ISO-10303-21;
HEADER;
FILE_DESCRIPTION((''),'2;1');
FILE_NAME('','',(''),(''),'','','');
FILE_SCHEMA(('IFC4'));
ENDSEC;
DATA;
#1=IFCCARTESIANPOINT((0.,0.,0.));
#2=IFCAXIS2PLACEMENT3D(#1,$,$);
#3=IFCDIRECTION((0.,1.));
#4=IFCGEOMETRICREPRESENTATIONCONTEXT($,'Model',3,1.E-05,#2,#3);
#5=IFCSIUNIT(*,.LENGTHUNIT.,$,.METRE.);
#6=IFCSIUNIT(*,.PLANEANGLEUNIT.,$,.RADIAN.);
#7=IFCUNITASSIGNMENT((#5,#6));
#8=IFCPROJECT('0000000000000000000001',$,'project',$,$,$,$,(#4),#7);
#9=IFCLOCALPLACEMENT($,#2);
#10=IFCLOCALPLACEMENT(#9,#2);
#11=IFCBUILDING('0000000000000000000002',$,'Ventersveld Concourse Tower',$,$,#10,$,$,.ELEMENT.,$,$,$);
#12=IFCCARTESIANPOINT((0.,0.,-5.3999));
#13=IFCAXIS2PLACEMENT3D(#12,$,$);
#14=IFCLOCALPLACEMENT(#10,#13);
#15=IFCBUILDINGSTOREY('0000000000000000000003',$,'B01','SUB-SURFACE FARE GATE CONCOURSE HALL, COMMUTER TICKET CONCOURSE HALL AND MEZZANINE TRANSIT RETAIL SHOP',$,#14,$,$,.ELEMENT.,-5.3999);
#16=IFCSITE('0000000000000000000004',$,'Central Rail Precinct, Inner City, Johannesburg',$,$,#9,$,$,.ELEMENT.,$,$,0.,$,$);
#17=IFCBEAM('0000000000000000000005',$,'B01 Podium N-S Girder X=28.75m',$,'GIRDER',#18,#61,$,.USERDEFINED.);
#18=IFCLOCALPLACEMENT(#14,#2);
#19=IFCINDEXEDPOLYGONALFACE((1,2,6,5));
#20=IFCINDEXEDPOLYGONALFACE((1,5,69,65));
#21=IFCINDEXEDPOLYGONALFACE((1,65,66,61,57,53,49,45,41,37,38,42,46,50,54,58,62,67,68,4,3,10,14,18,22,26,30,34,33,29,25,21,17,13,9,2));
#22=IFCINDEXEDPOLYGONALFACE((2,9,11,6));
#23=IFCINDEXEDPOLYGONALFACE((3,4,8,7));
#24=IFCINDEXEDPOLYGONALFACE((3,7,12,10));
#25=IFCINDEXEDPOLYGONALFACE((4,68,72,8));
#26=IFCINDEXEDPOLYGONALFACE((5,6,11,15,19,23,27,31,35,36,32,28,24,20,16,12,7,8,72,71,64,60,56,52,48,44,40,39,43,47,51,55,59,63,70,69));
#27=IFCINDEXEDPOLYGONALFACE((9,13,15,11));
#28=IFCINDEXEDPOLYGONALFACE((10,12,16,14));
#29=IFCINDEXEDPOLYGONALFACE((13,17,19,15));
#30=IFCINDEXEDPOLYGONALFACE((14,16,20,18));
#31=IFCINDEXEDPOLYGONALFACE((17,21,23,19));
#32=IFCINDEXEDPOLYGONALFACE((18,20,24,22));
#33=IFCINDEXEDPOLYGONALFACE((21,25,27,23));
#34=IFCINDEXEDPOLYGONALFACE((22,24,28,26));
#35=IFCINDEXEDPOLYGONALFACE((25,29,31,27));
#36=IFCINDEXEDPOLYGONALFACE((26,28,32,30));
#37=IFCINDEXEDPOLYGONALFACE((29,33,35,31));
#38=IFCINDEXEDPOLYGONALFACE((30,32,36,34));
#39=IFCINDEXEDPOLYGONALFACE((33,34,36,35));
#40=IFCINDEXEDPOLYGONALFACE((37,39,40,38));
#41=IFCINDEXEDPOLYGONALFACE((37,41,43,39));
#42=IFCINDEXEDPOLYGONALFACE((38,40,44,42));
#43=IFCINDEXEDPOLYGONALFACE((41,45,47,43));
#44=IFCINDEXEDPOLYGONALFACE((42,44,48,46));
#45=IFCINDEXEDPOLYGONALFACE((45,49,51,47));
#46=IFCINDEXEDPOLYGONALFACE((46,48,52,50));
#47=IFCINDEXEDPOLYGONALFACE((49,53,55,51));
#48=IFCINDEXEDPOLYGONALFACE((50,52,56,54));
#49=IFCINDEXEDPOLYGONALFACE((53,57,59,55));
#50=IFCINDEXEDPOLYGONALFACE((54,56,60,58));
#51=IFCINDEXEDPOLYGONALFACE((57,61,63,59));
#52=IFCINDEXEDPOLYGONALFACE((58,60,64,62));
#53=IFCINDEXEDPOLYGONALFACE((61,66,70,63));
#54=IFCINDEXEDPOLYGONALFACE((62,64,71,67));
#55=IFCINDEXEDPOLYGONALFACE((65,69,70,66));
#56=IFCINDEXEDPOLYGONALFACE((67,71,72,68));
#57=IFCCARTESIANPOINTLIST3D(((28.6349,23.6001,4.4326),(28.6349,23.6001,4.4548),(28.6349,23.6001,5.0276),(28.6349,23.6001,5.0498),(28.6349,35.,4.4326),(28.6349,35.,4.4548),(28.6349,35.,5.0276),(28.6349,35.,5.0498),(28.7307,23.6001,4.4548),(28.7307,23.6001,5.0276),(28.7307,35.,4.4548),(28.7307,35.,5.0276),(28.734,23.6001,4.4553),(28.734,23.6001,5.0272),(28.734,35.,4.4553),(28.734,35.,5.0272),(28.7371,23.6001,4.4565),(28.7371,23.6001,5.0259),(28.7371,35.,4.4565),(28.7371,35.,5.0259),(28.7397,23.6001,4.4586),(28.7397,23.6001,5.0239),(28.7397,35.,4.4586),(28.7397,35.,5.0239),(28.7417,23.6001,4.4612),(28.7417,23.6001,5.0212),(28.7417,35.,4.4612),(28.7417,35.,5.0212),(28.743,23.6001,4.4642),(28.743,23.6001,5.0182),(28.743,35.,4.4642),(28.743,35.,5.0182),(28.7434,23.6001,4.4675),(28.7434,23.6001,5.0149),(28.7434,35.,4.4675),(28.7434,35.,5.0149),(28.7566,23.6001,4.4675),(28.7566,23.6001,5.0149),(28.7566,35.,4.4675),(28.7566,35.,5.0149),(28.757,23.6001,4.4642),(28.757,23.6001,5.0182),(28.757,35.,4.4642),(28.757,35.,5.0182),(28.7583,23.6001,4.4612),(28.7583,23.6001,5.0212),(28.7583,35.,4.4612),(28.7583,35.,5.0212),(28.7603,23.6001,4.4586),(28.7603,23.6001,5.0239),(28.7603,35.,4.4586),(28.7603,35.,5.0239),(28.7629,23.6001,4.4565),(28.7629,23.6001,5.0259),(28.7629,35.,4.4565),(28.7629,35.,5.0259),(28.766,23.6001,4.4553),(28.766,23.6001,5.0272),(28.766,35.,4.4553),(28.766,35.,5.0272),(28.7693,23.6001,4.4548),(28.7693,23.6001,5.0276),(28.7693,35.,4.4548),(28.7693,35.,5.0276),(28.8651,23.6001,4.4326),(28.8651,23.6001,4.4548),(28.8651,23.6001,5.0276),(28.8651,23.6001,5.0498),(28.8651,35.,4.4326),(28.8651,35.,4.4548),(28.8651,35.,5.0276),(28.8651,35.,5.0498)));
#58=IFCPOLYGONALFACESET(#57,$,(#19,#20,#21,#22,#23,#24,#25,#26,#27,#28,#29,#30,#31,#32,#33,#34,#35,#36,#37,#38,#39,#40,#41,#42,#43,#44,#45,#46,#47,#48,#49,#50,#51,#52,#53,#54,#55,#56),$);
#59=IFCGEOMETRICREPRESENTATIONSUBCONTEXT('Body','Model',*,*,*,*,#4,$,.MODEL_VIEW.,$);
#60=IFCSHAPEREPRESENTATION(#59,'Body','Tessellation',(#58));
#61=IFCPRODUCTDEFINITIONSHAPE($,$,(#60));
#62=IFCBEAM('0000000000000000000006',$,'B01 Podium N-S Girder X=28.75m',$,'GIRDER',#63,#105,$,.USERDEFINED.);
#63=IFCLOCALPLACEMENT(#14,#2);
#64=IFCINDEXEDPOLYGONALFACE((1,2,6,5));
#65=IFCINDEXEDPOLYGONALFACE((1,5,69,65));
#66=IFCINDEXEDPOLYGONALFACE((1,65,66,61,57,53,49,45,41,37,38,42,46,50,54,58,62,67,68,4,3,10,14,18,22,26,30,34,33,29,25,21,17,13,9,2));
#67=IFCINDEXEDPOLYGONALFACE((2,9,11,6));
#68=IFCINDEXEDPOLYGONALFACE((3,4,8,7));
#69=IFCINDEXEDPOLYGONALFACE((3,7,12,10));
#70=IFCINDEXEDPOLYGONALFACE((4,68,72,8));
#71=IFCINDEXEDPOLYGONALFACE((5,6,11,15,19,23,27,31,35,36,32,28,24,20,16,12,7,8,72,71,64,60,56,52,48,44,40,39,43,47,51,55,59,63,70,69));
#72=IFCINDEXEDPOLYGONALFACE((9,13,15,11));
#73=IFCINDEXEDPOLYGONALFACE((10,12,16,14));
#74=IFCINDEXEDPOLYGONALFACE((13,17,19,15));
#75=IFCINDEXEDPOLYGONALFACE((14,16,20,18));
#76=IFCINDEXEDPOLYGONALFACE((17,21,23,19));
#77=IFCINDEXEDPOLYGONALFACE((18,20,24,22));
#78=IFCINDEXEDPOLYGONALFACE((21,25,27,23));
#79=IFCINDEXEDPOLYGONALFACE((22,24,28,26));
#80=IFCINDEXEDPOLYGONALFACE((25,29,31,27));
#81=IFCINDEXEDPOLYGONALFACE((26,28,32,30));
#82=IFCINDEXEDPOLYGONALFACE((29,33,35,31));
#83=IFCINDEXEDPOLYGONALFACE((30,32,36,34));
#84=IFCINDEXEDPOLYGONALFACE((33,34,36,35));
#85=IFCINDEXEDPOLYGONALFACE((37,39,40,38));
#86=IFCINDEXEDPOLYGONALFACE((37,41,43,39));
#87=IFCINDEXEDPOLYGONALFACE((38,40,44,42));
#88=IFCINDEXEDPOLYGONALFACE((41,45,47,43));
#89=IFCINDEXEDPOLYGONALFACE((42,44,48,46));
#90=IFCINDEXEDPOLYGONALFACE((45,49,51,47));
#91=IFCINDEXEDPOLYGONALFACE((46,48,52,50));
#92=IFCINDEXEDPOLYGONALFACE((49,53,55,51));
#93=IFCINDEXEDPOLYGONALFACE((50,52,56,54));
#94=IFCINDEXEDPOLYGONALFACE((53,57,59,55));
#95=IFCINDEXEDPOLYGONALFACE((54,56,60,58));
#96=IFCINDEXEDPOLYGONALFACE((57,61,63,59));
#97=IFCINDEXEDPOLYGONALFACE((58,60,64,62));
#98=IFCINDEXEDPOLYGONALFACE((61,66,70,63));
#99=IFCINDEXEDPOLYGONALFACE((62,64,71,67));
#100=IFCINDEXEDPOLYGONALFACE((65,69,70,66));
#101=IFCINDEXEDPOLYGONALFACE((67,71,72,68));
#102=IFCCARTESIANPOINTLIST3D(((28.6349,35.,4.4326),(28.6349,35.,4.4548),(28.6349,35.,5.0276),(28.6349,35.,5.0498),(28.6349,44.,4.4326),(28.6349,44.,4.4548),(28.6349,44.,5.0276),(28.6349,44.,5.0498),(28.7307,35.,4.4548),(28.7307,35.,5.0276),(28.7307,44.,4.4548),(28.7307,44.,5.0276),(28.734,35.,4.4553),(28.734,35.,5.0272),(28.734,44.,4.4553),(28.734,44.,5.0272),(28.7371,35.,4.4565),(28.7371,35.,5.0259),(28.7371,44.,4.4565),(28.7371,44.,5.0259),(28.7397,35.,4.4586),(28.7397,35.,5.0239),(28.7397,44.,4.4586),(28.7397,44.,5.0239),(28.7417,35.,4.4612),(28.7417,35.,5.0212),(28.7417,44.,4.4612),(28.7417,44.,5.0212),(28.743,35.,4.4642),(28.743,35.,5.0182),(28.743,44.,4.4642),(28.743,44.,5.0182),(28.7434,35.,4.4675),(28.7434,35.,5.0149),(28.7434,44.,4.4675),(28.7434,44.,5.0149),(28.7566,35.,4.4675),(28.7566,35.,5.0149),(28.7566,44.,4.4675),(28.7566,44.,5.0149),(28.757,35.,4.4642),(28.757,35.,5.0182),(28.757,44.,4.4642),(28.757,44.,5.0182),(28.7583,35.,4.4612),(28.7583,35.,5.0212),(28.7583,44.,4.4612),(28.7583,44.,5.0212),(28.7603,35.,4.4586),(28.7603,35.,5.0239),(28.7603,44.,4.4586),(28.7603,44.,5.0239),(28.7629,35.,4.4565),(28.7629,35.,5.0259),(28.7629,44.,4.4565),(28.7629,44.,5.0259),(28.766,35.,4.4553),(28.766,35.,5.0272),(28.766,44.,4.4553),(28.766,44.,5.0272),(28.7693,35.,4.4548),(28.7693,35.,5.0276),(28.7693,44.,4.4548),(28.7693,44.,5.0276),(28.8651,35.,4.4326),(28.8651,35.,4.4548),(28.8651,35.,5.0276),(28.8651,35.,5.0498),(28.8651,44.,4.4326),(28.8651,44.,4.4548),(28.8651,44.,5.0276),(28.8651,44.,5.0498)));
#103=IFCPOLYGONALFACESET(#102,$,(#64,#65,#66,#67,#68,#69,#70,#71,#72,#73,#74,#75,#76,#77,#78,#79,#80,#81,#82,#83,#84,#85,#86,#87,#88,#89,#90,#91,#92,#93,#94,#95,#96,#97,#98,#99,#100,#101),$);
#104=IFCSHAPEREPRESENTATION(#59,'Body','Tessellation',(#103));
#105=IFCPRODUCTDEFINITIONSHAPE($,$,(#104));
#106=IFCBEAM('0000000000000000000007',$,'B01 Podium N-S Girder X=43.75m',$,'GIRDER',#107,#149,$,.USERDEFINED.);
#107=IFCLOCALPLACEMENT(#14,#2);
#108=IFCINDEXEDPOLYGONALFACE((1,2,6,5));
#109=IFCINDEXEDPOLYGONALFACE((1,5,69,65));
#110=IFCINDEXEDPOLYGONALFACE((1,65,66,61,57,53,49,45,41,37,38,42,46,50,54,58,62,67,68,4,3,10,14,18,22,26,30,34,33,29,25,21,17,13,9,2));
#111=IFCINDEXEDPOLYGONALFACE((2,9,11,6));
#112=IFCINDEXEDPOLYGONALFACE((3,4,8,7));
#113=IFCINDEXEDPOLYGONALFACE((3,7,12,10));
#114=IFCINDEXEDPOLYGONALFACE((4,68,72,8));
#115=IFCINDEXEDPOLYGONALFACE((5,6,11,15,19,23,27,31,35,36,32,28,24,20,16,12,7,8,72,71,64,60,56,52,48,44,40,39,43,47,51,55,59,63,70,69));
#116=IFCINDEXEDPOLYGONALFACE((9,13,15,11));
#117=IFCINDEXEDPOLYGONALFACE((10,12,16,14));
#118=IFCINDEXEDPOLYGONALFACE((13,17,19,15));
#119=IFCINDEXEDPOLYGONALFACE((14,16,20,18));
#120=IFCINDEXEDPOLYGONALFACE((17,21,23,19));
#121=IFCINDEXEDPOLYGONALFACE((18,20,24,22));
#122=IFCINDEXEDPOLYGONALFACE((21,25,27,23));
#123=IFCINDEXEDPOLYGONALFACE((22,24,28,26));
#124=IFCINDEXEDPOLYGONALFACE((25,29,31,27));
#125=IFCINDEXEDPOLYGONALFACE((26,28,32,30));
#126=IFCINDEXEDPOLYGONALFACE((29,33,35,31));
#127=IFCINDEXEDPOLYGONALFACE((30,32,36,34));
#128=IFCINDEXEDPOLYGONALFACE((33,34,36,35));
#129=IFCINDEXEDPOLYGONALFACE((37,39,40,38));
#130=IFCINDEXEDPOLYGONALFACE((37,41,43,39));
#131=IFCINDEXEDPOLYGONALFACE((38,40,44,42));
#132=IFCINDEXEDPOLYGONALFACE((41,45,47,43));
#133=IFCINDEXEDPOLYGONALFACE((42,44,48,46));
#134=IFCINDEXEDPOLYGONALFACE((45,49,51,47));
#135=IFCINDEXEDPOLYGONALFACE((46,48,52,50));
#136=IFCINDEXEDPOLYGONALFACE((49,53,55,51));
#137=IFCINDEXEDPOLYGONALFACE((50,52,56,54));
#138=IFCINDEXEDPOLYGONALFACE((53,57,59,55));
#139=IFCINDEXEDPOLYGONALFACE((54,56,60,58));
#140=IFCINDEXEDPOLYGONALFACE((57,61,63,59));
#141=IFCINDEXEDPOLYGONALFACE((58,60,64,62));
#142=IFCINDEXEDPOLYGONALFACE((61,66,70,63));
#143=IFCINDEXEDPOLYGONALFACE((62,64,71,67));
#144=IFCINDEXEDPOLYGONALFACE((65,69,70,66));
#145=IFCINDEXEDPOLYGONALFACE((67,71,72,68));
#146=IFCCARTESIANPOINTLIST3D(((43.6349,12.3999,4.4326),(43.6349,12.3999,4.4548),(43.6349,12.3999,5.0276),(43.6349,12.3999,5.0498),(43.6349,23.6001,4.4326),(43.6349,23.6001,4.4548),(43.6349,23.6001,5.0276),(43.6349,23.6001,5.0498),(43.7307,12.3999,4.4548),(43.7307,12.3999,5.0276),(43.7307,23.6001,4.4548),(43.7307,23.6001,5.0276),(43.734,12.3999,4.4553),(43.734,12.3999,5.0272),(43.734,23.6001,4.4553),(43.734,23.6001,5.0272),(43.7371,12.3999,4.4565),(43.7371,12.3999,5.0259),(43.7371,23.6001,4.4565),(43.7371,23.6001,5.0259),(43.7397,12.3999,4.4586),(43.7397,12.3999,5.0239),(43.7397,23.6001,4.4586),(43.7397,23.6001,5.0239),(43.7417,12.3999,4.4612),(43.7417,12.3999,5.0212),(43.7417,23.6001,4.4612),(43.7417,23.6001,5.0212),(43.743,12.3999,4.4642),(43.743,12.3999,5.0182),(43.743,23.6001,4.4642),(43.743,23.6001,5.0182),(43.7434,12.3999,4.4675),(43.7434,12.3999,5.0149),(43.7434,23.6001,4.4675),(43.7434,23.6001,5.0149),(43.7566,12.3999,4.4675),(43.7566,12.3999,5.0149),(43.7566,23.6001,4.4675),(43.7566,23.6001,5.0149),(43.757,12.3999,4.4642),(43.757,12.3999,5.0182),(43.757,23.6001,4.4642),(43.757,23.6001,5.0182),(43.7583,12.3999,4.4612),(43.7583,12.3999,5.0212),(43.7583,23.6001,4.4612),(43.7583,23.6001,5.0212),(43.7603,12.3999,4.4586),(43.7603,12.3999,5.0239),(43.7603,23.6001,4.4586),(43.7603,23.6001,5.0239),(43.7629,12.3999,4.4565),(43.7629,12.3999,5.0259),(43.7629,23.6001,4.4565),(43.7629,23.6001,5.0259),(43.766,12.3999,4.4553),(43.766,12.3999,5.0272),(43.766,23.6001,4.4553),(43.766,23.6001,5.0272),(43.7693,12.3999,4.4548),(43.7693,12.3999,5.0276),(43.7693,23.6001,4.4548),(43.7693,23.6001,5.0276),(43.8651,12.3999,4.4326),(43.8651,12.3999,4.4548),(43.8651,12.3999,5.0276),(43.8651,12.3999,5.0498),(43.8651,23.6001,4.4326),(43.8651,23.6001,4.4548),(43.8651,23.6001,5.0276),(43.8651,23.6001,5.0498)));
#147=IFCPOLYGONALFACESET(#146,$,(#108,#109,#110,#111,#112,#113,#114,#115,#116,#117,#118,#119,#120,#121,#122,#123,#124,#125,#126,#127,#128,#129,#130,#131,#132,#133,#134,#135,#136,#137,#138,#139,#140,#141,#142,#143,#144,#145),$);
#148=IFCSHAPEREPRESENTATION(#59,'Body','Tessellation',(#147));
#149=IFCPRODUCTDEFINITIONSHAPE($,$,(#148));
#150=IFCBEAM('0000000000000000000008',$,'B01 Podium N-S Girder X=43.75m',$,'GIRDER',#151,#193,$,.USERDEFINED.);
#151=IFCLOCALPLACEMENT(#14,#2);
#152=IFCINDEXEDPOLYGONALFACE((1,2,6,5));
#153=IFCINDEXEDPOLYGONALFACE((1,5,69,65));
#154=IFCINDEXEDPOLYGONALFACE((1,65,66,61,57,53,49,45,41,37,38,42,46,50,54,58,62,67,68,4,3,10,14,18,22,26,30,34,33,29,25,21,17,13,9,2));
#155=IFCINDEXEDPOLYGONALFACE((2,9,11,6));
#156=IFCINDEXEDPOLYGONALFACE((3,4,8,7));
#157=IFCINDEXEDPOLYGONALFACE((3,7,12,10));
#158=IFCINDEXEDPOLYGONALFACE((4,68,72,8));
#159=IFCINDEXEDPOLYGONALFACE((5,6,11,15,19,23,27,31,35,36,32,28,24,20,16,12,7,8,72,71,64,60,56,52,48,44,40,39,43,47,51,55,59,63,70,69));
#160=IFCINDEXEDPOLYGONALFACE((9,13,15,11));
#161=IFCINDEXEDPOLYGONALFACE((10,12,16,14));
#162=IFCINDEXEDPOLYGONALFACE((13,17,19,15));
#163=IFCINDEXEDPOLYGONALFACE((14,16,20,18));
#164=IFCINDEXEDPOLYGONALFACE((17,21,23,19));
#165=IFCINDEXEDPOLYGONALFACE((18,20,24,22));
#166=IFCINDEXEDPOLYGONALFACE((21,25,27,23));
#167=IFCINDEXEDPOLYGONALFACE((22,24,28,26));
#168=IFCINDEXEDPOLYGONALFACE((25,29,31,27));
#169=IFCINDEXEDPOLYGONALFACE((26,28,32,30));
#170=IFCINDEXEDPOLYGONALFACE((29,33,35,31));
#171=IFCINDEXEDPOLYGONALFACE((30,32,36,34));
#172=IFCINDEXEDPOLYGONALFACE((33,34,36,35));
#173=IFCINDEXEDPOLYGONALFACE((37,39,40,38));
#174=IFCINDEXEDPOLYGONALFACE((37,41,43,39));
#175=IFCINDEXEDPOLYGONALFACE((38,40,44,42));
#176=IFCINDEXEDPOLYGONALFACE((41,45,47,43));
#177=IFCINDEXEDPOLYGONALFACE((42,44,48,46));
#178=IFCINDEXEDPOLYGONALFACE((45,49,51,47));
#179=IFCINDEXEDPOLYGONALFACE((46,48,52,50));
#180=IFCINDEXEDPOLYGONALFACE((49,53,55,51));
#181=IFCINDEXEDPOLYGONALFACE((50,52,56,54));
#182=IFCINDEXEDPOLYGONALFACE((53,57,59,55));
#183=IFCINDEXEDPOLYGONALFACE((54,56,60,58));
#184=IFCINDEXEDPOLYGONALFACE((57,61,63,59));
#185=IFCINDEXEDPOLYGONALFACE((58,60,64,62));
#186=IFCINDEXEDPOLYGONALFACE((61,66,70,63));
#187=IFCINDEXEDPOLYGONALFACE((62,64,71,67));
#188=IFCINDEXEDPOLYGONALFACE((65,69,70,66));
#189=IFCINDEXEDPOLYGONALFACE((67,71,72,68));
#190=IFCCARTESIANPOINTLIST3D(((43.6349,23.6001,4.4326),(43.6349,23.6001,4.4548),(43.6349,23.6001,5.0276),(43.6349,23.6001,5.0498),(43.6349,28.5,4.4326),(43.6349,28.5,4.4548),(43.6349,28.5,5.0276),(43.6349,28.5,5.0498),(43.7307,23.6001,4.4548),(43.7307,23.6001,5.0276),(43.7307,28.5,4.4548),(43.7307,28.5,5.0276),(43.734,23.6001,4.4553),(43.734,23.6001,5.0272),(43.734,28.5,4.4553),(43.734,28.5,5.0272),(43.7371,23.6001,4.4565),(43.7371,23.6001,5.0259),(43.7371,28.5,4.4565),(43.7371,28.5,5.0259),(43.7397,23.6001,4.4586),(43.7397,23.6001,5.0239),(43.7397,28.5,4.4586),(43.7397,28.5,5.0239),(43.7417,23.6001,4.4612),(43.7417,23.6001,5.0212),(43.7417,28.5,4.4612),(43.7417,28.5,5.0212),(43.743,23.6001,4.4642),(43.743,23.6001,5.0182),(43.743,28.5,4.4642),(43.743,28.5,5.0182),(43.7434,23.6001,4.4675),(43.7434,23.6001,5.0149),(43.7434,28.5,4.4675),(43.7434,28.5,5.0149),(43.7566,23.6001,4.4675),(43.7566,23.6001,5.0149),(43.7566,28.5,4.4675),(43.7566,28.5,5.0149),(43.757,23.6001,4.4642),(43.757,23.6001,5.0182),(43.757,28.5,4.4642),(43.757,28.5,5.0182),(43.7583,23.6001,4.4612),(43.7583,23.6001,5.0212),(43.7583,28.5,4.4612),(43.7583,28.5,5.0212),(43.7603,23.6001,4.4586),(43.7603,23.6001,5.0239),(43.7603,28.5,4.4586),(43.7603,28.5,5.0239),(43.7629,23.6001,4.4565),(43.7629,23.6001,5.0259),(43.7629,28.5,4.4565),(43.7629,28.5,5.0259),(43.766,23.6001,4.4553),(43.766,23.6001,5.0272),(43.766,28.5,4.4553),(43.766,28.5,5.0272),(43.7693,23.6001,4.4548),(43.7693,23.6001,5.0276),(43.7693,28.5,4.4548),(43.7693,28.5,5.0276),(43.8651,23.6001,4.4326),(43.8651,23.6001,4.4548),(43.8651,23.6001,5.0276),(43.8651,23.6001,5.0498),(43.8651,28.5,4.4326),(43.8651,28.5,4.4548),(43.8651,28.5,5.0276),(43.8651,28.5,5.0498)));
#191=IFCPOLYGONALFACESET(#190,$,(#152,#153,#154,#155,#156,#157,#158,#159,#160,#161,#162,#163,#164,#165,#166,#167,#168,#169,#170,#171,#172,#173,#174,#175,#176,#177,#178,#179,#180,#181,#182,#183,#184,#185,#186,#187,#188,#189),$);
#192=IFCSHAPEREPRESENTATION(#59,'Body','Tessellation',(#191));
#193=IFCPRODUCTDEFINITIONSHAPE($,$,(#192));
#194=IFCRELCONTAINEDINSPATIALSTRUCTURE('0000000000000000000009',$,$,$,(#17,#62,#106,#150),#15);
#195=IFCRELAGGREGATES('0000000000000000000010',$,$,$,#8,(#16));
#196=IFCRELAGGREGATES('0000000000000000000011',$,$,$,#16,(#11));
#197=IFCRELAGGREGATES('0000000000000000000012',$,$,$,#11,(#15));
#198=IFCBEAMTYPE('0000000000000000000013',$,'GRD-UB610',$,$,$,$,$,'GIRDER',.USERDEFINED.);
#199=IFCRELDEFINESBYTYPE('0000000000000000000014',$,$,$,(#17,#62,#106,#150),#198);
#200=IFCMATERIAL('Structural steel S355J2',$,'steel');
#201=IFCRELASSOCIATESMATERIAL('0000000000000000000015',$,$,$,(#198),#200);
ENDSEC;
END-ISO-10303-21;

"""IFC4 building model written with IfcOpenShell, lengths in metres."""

from ifc_helpers import new_model, si_unit, direction, frame, origin, origin_2d, place, context, subcontext, project, spatial, i_section, extrude, material, material_profile, profile_set, type_object, element, save


model = new_model("IFC4")

# Units and contexts
model_context = context("Model", 3, precision=1e-05, world=origin(), true_north=direction((0.0, 1.0)))
body_context = subcontext(model_context, "Body", "Model", "MODEL_VIEW")
ifc_project = project(units=[si_unit("LENGTHUNIT", "METRE"), si_unit("PLANEANGLEUNIT", "RADIAN")], contexts=[model_context])

# Site, building, storey
site_placement = place(None, origin())
site = spatial("IfcSite", under=ifc_project, at=site_placement, Name="Central Rail Precinct, Inner City, Johannesburg", CompositionType="ELEMENT", RefElevation=0.0)
building_placement = place(site_placement, origin())
building = spatial("IfcBuilding", under=site, at=building_placement, Name="Ventersveld Concourse Tower", CompositionType="ELEMENT")
storey_placement = place(building_placement, frame((0.0, 0.0, -5.3999)))
storey = spatial("IfcBuildingStorey", under=building, at=storey_placement, Name="B01", Description="SUB-SURFACE FARE GATE CONCOURSE HALL, COMMUTER TICKET CONCOURSE HALL AND MEZZANINE TRANSIT RETAIL SHOP", CompositionType="ELEMENT", Elevation=-5.3999)

# Beams
ifc_material_1 = material(Name="Structural steel S355J2", Category="steel")
ifc_material_profile_1 = material_profile(ifc_material_1, i_section(OverallWidth=0.2302, OverallDepth=0.6172, WebThickness=0.0132, FlangeThickness=0.0222, FilletRadius=0.0127, at=origin_2d()), Name="UB 610x229x140")
ifc_profile_set_1 = profile_set([ifc_material_profile_1], Name="Structural steel S355J2")
beam_type_1 = type_object("IfcBeamType", Name="GRD-UB610", ElementType="GIRDER", PredefinedType="USERDEFINED", material=ifc_profile_set_1)
beam_1_placement = place(storey_placement, frame((28.75, 23.6001, 4.7412), z_axis=(0.0, 1.0, 0.0), x_axis=(-1.0, 0.0, 0.0)))
element("IfcBeam", 1, at=beam_1_placement, inside=storey, type_object=beam_type_1, Name="B01 Podium N-S Girder X=28.75m", ObjectType="GIRDER", PredefinedType="USERDEFINED", context=body_context, shape_type="SweptSolid", body=[
    extrude(i_section(OverallWidth=0.2302, OverallDepth=0.6172, WebThickness=0.0132, FlangeThickness=0.0222, FilletRadius=0.0127, at=origin_2d()), origin(), (0.0, 0.0, 1.0), 11.3999),
])
beam_2_placement = place(storey_placement, frame((28.75, 35.0, 4.7412), z_axis=(0.0, 1.0, 0.0), x_axis=(-1.0, 0.0, 0.0)))
element("IfcBeam", 2, at=beam_2_placement, inside=storey, type_object=beam_type_1, Name="B01 Podium N-S Girder X=28.75m", ObjectType="GIRDER", PredefinedType="USERDEFINED", context=body_context, shape_type="SweptSolid", body=[
    extrude(i_section(OverallWidth=0.2302, OverallDepth=0.6172, WebThickness=0.0132, FlangeThickness=0.0222, FilletRadius=0.0127, at=origin_2d()), origin(), (0.0, 0.0, 1.0), 9.0),
])
beam_3_placement = place(storey_placement, frame((43.75, 12.3999, 4.7412), z_axis=(0.0, 1.0, 0.0), x_axis=(-1.0, 0.0, 0.0)))
element("IfcBeam", 3, at=beam_3_placement, inside=storey, type_object=beam_type_1, Name="B01 Podium N-S Girder X=43.75m", ObjectType="GIRDER", PredefinedType="USERDEFINED", context=body_context, shape_type="SweptSolid", body=[
    extrude(i_section(OverallWidth=0.2302, OverallDepth=0.6172, WebThickness=0.0132, FlangeThickness=0.0222, FilletRadius=0.0127, at=origin_2d()), origin(), (0.0, 0.0, 1.0), 11.2002),
])
beam_4_placement = place(storey_placement, frame((43.75, 23.6001, 4.7412), z_axis=(0.0, 1.0, 0.0), x_axis=(-1.0, 0.0, 0.0)))
element("IfcBeam", 4, at=beam_4_placement, inside=storey, type_object=beam_type_1, Name="B01 Podium N-S Girder X=43.75m", ObjectType="GIRDER", PredefinedType="USERDEFINED", context=body_context, shape_type="SweptSolid", body=[
    extrude(i_section(OverallWidth=0.2302, OverallDepth=0.6172, WebThickness=0.0132, FlangeThickness=0.0222, FilletRadius=0.0127, at=origin_2d()), origin(), (0.0, 0.0, 1.0), 4.8999),
])

save(model, "model.ifc")
